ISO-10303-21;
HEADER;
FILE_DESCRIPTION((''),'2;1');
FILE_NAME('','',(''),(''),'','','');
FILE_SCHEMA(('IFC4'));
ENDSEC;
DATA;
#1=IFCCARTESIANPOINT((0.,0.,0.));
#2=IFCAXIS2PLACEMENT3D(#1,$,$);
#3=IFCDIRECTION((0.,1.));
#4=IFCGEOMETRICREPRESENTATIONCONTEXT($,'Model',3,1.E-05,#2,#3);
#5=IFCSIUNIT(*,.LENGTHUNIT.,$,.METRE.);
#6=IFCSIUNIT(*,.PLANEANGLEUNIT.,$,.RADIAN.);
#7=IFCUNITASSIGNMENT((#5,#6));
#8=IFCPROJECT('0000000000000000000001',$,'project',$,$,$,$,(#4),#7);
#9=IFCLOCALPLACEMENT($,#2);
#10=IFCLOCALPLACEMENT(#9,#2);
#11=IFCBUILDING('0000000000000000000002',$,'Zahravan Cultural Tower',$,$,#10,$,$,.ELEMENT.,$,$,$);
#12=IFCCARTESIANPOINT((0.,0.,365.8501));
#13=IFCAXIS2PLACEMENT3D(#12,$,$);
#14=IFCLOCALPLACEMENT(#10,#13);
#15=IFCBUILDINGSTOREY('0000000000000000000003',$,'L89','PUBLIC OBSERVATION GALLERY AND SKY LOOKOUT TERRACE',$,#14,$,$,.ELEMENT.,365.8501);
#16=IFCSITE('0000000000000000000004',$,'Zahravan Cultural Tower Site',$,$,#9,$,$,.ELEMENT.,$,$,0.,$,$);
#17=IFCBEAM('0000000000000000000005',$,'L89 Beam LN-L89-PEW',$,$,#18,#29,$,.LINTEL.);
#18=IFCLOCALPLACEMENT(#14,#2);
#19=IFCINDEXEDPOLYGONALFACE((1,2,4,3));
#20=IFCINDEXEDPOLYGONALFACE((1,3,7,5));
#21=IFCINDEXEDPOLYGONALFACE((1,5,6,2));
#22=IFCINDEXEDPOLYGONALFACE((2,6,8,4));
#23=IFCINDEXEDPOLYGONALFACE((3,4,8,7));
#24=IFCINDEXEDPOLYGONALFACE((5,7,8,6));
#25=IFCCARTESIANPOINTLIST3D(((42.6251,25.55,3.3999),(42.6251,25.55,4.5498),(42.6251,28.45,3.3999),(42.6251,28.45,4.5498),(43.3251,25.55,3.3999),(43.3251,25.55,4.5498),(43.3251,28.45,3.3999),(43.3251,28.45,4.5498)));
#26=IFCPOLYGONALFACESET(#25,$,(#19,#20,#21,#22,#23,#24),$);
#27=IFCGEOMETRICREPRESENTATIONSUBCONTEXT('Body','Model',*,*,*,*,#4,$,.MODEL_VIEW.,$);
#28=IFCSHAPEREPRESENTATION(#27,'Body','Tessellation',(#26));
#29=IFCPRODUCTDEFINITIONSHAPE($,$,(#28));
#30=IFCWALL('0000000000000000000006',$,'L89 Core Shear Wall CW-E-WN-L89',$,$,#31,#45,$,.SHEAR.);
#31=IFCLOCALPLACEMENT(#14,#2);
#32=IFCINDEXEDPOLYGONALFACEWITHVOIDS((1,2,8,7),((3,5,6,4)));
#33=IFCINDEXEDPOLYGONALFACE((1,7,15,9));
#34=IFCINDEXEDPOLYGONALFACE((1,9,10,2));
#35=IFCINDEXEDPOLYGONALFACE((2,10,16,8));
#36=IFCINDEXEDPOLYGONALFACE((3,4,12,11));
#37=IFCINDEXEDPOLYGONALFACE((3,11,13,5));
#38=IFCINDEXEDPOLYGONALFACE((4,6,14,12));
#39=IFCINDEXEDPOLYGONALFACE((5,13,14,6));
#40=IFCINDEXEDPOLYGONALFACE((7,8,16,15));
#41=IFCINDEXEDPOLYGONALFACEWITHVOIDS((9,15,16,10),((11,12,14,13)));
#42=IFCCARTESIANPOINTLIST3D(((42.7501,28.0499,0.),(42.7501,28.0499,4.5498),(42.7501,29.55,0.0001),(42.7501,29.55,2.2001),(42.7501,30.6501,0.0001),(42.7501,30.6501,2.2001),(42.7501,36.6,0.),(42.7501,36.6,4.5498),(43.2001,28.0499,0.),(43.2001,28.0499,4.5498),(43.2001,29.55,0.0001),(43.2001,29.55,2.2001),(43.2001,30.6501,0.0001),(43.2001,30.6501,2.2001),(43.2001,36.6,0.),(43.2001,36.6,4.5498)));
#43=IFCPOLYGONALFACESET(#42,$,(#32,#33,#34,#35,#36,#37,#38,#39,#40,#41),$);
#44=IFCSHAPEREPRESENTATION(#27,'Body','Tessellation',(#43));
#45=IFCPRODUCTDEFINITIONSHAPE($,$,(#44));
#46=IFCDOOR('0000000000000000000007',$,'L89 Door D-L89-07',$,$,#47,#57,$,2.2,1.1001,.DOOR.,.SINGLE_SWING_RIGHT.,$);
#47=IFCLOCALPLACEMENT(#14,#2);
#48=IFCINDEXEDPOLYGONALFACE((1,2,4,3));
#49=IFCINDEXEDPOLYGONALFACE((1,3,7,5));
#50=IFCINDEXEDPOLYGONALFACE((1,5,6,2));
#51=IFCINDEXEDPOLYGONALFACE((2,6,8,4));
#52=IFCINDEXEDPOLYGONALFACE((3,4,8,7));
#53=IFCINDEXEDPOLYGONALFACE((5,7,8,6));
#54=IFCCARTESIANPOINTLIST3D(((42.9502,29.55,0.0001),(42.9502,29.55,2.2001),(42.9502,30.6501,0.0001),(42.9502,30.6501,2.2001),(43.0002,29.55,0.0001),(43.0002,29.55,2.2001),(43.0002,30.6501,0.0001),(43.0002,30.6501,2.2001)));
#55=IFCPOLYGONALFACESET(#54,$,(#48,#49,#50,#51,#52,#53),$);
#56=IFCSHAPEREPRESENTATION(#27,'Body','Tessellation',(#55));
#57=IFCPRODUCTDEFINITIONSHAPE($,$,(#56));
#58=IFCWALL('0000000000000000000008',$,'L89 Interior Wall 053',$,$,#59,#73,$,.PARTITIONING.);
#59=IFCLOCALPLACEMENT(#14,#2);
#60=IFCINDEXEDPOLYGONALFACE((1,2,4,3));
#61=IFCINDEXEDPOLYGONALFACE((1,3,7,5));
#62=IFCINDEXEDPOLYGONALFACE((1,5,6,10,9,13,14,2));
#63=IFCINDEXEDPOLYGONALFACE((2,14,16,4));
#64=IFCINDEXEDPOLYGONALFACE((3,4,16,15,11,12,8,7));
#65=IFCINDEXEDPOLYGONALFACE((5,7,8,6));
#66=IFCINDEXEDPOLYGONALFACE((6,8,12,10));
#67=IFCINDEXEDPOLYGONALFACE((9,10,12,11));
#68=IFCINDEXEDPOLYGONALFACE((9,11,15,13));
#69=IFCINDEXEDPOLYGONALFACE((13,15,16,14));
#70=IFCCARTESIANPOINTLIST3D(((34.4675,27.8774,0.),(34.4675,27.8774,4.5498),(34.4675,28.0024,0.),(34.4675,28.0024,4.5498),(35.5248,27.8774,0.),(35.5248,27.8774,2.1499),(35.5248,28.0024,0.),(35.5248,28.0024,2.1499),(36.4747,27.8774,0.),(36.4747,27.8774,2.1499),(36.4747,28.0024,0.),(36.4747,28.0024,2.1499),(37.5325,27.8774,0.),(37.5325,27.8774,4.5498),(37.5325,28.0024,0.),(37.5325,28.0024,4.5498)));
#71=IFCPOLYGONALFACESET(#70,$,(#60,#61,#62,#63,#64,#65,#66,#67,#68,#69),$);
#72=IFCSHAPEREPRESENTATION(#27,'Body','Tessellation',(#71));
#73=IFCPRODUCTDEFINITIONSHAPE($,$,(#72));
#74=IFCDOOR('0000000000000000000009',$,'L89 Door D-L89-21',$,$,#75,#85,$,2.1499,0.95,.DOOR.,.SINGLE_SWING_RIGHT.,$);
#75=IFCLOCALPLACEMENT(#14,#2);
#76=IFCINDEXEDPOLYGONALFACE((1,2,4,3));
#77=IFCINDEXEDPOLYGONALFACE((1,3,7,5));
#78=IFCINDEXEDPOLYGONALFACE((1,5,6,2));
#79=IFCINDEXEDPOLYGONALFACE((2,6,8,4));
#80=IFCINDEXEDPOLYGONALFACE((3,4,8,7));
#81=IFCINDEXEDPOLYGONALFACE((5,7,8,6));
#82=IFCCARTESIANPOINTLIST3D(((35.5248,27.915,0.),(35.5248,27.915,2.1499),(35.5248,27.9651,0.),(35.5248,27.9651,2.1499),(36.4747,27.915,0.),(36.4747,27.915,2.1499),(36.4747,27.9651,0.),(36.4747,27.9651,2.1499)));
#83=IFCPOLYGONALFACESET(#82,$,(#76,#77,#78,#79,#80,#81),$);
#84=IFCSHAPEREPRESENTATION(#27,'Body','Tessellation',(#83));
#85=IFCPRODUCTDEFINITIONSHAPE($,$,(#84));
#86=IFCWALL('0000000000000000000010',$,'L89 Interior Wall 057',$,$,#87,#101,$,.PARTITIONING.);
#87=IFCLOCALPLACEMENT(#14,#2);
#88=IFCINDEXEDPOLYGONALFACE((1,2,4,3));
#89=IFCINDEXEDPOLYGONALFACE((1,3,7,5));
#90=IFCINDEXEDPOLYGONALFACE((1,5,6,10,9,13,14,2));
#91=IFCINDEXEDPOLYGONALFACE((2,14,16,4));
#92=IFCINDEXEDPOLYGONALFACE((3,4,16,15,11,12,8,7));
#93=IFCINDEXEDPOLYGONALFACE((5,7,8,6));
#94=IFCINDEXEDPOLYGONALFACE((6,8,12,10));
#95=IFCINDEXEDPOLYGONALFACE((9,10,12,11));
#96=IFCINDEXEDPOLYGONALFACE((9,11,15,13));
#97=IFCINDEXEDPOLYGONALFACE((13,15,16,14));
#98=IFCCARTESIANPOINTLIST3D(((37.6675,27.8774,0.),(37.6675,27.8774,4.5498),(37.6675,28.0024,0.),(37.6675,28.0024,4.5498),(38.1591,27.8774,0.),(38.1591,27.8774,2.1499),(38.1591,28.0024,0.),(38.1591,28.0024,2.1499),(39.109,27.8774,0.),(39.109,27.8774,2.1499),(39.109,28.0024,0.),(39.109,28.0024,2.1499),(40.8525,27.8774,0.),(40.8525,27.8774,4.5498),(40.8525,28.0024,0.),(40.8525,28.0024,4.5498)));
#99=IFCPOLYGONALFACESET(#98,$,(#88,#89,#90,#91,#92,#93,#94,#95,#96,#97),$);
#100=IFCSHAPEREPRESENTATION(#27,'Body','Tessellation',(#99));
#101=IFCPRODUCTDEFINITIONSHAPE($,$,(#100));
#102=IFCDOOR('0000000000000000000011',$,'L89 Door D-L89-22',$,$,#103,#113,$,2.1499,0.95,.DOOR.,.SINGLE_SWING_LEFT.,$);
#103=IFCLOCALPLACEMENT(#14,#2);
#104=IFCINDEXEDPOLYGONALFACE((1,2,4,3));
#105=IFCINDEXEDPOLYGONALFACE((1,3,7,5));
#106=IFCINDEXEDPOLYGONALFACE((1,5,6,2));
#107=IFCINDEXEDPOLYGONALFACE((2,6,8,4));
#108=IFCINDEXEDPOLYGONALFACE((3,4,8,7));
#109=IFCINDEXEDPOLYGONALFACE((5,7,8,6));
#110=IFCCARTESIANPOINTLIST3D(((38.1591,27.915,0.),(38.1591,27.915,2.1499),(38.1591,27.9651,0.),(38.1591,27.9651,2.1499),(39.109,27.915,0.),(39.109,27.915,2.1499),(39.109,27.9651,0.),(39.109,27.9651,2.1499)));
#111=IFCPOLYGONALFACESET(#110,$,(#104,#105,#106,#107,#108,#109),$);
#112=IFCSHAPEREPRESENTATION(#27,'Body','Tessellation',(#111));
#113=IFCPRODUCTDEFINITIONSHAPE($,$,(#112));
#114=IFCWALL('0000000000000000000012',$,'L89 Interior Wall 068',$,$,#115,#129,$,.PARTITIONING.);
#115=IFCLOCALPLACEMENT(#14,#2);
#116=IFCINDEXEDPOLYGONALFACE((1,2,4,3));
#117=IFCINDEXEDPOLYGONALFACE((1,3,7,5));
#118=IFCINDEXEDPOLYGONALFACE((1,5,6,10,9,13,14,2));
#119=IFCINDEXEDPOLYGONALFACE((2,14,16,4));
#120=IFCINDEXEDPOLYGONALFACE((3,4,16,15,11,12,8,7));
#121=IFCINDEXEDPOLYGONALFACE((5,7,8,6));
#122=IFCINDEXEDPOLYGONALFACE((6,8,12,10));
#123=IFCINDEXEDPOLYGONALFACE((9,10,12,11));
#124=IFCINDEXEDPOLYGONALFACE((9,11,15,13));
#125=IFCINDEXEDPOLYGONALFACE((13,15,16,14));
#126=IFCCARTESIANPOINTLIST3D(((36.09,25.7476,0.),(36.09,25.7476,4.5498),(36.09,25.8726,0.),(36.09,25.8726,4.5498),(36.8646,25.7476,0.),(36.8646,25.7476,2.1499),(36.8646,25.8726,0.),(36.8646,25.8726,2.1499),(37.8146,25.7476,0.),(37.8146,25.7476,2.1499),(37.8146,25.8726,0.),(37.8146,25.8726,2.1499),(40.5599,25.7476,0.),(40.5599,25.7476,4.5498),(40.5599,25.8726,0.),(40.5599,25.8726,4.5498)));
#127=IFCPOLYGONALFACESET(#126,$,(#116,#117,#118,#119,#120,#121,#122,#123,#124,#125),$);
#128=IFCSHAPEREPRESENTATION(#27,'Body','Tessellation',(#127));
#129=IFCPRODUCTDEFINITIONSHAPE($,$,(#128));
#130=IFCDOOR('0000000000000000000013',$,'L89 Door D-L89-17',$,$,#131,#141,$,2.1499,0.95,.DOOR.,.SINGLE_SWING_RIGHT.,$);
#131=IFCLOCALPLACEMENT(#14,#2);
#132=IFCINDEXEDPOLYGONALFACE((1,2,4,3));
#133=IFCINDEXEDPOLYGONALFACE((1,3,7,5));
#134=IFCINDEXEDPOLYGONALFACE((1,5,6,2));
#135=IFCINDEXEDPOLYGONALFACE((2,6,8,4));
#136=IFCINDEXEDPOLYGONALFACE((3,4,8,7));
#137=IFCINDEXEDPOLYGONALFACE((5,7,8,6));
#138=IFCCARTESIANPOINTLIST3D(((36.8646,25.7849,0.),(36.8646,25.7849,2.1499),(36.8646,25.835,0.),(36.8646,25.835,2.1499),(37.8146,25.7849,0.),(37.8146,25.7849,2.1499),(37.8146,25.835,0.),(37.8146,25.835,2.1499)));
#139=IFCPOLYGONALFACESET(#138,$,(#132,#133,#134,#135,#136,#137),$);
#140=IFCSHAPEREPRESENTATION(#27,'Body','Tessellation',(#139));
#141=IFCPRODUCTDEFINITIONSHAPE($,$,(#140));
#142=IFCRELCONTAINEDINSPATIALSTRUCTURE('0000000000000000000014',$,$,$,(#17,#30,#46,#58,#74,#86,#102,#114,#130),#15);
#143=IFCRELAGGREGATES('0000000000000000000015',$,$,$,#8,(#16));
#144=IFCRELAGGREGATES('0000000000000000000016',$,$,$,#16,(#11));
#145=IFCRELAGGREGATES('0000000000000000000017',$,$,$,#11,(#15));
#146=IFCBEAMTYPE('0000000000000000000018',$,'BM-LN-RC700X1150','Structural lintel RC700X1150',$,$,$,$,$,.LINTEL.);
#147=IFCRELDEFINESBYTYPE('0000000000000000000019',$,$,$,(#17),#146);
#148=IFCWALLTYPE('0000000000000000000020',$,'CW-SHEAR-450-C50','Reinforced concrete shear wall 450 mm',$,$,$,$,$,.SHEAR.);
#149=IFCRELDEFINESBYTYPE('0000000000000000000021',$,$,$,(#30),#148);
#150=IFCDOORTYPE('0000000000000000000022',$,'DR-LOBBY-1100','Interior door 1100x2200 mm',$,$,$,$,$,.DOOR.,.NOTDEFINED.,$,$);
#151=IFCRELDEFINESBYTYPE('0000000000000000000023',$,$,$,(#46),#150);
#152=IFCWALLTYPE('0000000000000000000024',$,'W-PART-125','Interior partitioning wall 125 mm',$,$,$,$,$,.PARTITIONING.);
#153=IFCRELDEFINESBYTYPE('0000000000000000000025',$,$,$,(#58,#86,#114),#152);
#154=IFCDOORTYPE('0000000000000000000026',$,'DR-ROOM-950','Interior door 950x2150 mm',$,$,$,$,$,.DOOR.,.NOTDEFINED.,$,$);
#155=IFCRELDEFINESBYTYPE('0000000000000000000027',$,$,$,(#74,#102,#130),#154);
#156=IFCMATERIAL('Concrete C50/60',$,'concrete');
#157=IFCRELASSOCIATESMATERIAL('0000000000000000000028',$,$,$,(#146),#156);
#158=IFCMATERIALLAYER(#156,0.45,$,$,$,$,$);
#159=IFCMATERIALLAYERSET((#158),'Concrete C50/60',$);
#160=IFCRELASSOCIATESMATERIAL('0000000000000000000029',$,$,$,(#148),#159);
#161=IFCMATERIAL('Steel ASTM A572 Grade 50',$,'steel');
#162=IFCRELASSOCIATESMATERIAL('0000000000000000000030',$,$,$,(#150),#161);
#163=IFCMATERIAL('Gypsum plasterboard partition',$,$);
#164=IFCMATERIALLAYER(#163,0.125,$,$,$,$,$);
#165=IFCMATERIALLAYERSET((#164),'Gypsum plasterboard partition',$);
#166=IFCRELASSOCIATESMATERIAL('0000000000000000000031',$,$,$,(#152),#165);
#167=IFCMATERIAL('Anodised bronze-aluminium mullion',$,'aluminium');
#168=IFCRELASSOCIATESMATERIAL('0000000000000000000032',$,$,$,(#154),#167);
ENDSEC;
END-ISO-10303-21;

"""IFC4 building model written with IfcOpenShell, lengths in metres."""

from ifc_helpers import new_model, si_unit, direction, frame, frame_2d, origin, origin_2d, place, context, subcontext, project, spatial, rectangle, extrude, source, transform, mapped, material, layer, layer_set, material_profile, profile_set, type_object, element, fill, save


model = new_model("IFC4")

# Units and contexts
model_context = context("Model", 3, precision=1e-05, world=origin(), true_north=direction((0.0, 1.0)))
body_context = subcontext(model_context, "Body", "Model", "MODEL_VIEW")
ifc_project = project(units=[si_unit("LENGTHUNIT", "METRE"), si_unit("PLANEANGLEUNIT", "RADIAN")], contexts=[model_context])

# Site, building, storey
site_placement = place(None, origin())
site = spatial("IfcSite", under=ifc_project, at=site_placement, Name="Zahravan Cultural Tower Site", CompositionType="ELEMENT", RefElevation=0.0)
building_placement = place(site_placement, origin())
building = spatial("IfcBuilding", under=site, at=building_placement, Name="Zahravan Cultural Tower", CompositionType="ELEMENT")
storey_placement = place(building_placement, frame((0.0, 0.0, 365.8501)))
storey = spatial("IfcBuildingStorey", under=building, at=storey_placement, Name="L89", Description="PUBLIC OBSERVATION GALLERY AND SKY LOOKOUT TERRACE", CompositionType="ELEMENT", Elevation=365.8501)

# Beam
ifc_material_1 = material(Name="Concrete C50/60", Category="concrete")
ifc_material_profile = material_profile(ifc_material_1, rectangle(XDim=0.7, YDim=1.1499, at=origin_2d()), Name="RC700X1150")
ifc_profile_set = profile_set([ifc_material_profile], Name="Concrete C50/60")
beam_type = type_object("IfcBeamType", Name="BM-LN-RC700X1150", Description="Structural lintel RC700X1150", PredefinedType="LINTEL", material=ifc_profile_set)
shared_shape_1 = source(origin(), body_context, "Body", "SweptSolid", [
    extrude(rectangle(XDim=0.7, YDim=1.1499, at=origin_2d()), origin(), (0.0, 0.0, 1.0), 2.8999),
])
beam_placement = place(storey_placement, frame((42.9751, 25.55, 3.9749), z_axis=(0.0, 1.0, 0.0), x_axis=(-1.0, 0.0, 0.0)))
element("IfcBeam", 1, at=beam_placement, inside=storey, type_object=beam_type, Name="L89 Beam LN-L89-PEW", PredefinedType="LINTEL", context=body_context, shape_type="MappedRepresentation", body=[
    mapped(shared_shape_1, transform((0.0, 0.0, 0.0), x_axis=(1.0, 0.0, 0.0), y_axis=(0.0, 1.0, 0.0), z_axis=(0.0, 0.0, 1.0), scale=1.0)),
])

# Walls, openings, doors
ifc_layer_1 = layer(ifc_material_1, 0.45)
ifc_layer_set_1 = layer_set([ifc_layer_1], Name="Concrete C50/60")
wall_type_1 = type_object("IfcWallType", Name="CW-SHEAR-450-C50", Description="Reinforced concrete shear wall 450 mm", PredefinedType="SHEAR", material=ifc_layer_set_1)
wall_1_placement = place(storey_placement, frame((42.9751, 28.05, 0.0), z_axis=(0.0, 0.0, 1.0), x_axis=(0.0, 1.0, 0.0)))
wall_1 = element("IfcWall", 2, at=wall_1_placement, inside=storey, type_object=wall_type_1, Name="L89 Core Shear Wall CW-E-WN-L89", PredefinedType="SHEAR", context=body_context, shape_type="SweptSolid", body=[
    extrude(rectangle(XDim=8.55, YDim=0.45, at=frame_2d((4.2749, 0.0))), origin(), (0.0, 0.0, 1.0), 4.5498),
])
opening_1_placement = place(wall_1_placement, frame((1.5, 0.0, 0.0)))
opening_1 = element("IfcOpeningElement", 3, at=opening_1_placement, cuts=wall_1, PredefinedType="OPENING", context=body_context, shape_type="SweptSolid", body=[
    extrude(rectangle(XDim=1.1001, YDim=2.2, at=frame_2d((0.55, 1.1001))), frame((0.0, 0.2349, 0.0), z_axis=(0.0, -1.0, 0.0), x_axis=(1.0, 0.0, 0.0)), (0.0, 0.0, 1.0), 0.47),
])
ifc_material_2 = material(Name="Steel ASTM A572 Grade 50", Category="steel")
door_type_1 = type_object("IfcDoorType", Name="DR-LOBBY-1100", Description="Interior door 1100x2200 mm", OperationType="NOTDEFINED", PredefinedType="DOOR", material=ifc_material_2)
shared_shape_2 = source(origin(), body_context, "Body", "SweptSolid", [
    extrude(rectangle(XDim=1.1001, YDim=2.2, at=frame_2d((0.55, 1.1001))), frame((0.0, 0.0249, 0.0), z_axis=(0.0, -1.0, 0.0), x_axis=(1.0, 0.0, 0.0)), (0.0, 0.0, 1.0), 0.05),
])
door_1_placement = place(opening_1_placement, origin())
door_1 = element("IfcDoor", 4, at=door_1_placement, inside=storey, type_object=door_type_1, Name="L89 Door D-L89-07", OperationType="SINGLE_SWING_RIGHT", OverallHeight=2.2, OverallWidth=1.1001, PredefinedType="DOOR", context=body_context, shape_type="MappedRepresentation", body=[
    mapped(shared_shape_2, transform((0.0, 0.0, 0.0), x_axis=(1.0, 0.0, 0.0), y_axis=(0.0, 1.0, 0.0), z_axis=(0.0, 0.0, 1.0), scale=1.0)),
])
fill(opening_1, door_1)
ifc_material_3 = material(Name="Gypsum plasterboard partition")
ifc_layer_2 = layer(ifc_material_3, 0.125)
ifc_layer_set_2 = layer_set([ifc_layer_2], Name="Gypsum plasterboard partition")
wall_type_2 = type_object("IfcWallType", Name="W-PART-125", Description="Interior partitioning wall 125 mm", PredefinedType="PARTITIONING", material=ifc_layer_set_2)
wall_2_placement = place(storey_placement, frame((37.5325, 27.9399, 0.0), z_axis=(0.0, 0.0, 1.0), x_axis=(-1.0, 0.0, 0.0)))
wall_2 = element("IfcWall", 5, at=wall_2_placement, inside=storey, type_object=wall_type_2, Name="L89 Interior Wall 053", PredefinedType="PARTITIONING", context=body_context, shape_type="SweptSolid", body=[
    extrude(rectangle(XDim=3.0649, YDim=0.125, at=frame_2d((1.5325, 0.0))), origin(), (0.0, 0.0, 1.0), 4.5498),
])
opening_2_placement = place(wall_2_placement, frame((1.0576, 0.0, 0.0)))
opening_2 = element("IfcOpeningElement", 6, at=opening_2_placement, cuts=wall_2, PredefinedType="OPENING", context=body_context, shape_type="SweptSolid", body=[
    extrude(rectangle(XDim=0.95, YDim=2.1499, at=frame_2d((0.4751, 1.075))), frame((0.0, 0.0725, 0.0), z_axis=(0.0, -1.0, 0.0), x_axis=(1.0, 0.0, 0.0)), (0.0, 0.0, 1.0), 0.145),
])
ifc_material_4 = material(Name="Anodised bronze-aluminium mullion", Category="aluminium")
door_type_2 = type_object("IfcDoorType", Name="DR-ROOM-950", Description="Interior door 950x2150 mm", OperationType="NOTDEFINED", PredefinedType="DOOR", material=ifc_material_4)
shared_shape_3 = source(origin(), body_context, "Body", "SweptSolid", [
    extrude(rectangle(XDim=0.95, YDim=2.1499, at=frame_2d((0.4751, 1.075))), frame((0.0, 0.0249, 0.0), z_axis=(0.0, -1.0, 0.0), x_axis=(1.0, 0.0, 0.0)), (0.0, 0.0, 1.0), 0.05),
])
door_2_placement = place(opening_2_placement, origin())
door_2 = element("IfcDoor", 7, at=door_2_placement, inside=storey, type_object=door_type_2, Name="L89 Door D-L89-21", OperationType="SINGLE_SWING_RIGHT", OverallHeight=2.1499, OverallWidth=0.95, PredefinedType="DOOR", context=body_context, shape_type="MappedRepresentation", body=[
    mapped(shared_shape_3, transform((0.0, 0.0, 0.0), x_axis=(1.0, 0.0, 0.0), y_axis=(0.0, 1.0, 0.0), z_axis=(0.0, 0.0, 1.0), scale=1.0)),
])
fill(opening_2, door_2)
wall_3_placement = place(storey_placement, frame((40.8525, 27.9399, 0.0), z_axis=(0.0, 0.0, 1.0), x_axis=(-1.0, 0.0, 0.0)))
wall_3 = element("IfcWall", 8, at=wall_3_placement, inside=storey, type_object=wall_type_2, Name="L89 Interior Wall 057", PredefinedType="PARTITIONING", context=body_context, shape_type="SweptSolid", body=[
    extrude(rectangle(XDim=3.1851, YDim=0.125, at=frame_2d((1.5925, 0.0))), origin(), (0.0, 0.0, 1.0), 4.5498),
])
opening_3_placement = place(wall_3_placement, frame((1.7434, 0.0, 0.0)))
opening_3 = element("IfcOpeningElement", 9, at=opening_3_placement, cuts=wall_3, PredefinedType="OPENING", context=body_context, shape_type="SweptSolid", body=[
    extrude(rectangle(XDim=0.95, YDim=2.1499, at=frame_2d((0.4751, 1.075))), frame((0.0, 0.0725, 0.0), z_axis=(0.0, -1.0, 0.0), x_axis=(1.0, 0.0, 0.0)), (0.0, 0.0, 1.0), 0.145),
])
door_3_placement = place(opening_3_placement, origin())
door_3 = element("IfcDoor", 10, at=door_3_placement, inside=storey, type_object=door_type_2, Name="L89 Door D-L89-22", OperationType="SINGLE_SWING_LEFT", OverallHeight=2.1499, OverallWidth=0.95, PredefinedType="DOOR", context=body_context, shape_type="MappedRepresentation", body=[
    mapped(shared_shape_3, transform((0.0, 0.0, 0.0), x_axis=(1.0, 0.0, 0.0), y_axis=(0.0, 1.0, 0.0), z_axis=(0.0, 0.0, 1.0), scale=1.0)),
])
fill(opening_3, door_3)
wall_4_placement = place(storey_placement, frame((36.0901, 25.8101, 0.0), z_axis=(0.0, 0.0, 1.0), x_axis=(1.0, 0.0, 0.0)))
wall_4 = element("IfcWall", 11, at=wall_4_placement, inside=storey, type_object=wall_type_2, Name="L89 Interior Wall 068", PredefinedType="PARTITIONING", context=body_context, shape_type="SweptSolid", body=[
    extrude(rectangle(XDim=4.47, YDim=0.125, at=frame_2d((2.2349, 0.0))), origin(), (0.0, 0.0, 1.0), 4.5498),
])
opening_4_placement = place(wall_4_placement, frame((0.7744, 0.0, 0.0)))
opening_4 = element("IfcOpeningElement", 12, at=opening_4_placement, cuts=wall_4, PredefinedType="OPENING", context=body_context, shape_type="SweptSolid", body=[
    extrude(rectangle(XDim=0.95, YDim=2.1499, at=frame_2d((0.4751, 1.075))), frame((0.0, 0.0725, 0.0), z_axis=(0.0, -1.0, 0.0), x_axis=(1.0, 0.0, 0.0)), (0.0, 0.0, 1.0), 0.145),
])
door_4_placement = place(opening_4_placement, origin())
door_4 = element("IfcDoor", 13, at=door_4_placement, inside=storey, type_object=door_type_2, Name="L89 Door D-L89-17", OperationType="SINGLE_SWING_RIGHT", OverallHeight=2.1499, OverallWidth=0.95, PredefinedType="DOOR", context=body_context, shape_type="MappedRepresentation", body=[
    mapped(shared_shape_3, transform((0.0, 0.0, 0.0), x_axis=(1.0, 0.0, 0.0), y_axis=(0.0, 1.0, 0.0), z_axis=(0.0, 0.0, 1.0), scale=1.0)),
])
fill(opening_4, door_4)

save(model, "model.ifc")
